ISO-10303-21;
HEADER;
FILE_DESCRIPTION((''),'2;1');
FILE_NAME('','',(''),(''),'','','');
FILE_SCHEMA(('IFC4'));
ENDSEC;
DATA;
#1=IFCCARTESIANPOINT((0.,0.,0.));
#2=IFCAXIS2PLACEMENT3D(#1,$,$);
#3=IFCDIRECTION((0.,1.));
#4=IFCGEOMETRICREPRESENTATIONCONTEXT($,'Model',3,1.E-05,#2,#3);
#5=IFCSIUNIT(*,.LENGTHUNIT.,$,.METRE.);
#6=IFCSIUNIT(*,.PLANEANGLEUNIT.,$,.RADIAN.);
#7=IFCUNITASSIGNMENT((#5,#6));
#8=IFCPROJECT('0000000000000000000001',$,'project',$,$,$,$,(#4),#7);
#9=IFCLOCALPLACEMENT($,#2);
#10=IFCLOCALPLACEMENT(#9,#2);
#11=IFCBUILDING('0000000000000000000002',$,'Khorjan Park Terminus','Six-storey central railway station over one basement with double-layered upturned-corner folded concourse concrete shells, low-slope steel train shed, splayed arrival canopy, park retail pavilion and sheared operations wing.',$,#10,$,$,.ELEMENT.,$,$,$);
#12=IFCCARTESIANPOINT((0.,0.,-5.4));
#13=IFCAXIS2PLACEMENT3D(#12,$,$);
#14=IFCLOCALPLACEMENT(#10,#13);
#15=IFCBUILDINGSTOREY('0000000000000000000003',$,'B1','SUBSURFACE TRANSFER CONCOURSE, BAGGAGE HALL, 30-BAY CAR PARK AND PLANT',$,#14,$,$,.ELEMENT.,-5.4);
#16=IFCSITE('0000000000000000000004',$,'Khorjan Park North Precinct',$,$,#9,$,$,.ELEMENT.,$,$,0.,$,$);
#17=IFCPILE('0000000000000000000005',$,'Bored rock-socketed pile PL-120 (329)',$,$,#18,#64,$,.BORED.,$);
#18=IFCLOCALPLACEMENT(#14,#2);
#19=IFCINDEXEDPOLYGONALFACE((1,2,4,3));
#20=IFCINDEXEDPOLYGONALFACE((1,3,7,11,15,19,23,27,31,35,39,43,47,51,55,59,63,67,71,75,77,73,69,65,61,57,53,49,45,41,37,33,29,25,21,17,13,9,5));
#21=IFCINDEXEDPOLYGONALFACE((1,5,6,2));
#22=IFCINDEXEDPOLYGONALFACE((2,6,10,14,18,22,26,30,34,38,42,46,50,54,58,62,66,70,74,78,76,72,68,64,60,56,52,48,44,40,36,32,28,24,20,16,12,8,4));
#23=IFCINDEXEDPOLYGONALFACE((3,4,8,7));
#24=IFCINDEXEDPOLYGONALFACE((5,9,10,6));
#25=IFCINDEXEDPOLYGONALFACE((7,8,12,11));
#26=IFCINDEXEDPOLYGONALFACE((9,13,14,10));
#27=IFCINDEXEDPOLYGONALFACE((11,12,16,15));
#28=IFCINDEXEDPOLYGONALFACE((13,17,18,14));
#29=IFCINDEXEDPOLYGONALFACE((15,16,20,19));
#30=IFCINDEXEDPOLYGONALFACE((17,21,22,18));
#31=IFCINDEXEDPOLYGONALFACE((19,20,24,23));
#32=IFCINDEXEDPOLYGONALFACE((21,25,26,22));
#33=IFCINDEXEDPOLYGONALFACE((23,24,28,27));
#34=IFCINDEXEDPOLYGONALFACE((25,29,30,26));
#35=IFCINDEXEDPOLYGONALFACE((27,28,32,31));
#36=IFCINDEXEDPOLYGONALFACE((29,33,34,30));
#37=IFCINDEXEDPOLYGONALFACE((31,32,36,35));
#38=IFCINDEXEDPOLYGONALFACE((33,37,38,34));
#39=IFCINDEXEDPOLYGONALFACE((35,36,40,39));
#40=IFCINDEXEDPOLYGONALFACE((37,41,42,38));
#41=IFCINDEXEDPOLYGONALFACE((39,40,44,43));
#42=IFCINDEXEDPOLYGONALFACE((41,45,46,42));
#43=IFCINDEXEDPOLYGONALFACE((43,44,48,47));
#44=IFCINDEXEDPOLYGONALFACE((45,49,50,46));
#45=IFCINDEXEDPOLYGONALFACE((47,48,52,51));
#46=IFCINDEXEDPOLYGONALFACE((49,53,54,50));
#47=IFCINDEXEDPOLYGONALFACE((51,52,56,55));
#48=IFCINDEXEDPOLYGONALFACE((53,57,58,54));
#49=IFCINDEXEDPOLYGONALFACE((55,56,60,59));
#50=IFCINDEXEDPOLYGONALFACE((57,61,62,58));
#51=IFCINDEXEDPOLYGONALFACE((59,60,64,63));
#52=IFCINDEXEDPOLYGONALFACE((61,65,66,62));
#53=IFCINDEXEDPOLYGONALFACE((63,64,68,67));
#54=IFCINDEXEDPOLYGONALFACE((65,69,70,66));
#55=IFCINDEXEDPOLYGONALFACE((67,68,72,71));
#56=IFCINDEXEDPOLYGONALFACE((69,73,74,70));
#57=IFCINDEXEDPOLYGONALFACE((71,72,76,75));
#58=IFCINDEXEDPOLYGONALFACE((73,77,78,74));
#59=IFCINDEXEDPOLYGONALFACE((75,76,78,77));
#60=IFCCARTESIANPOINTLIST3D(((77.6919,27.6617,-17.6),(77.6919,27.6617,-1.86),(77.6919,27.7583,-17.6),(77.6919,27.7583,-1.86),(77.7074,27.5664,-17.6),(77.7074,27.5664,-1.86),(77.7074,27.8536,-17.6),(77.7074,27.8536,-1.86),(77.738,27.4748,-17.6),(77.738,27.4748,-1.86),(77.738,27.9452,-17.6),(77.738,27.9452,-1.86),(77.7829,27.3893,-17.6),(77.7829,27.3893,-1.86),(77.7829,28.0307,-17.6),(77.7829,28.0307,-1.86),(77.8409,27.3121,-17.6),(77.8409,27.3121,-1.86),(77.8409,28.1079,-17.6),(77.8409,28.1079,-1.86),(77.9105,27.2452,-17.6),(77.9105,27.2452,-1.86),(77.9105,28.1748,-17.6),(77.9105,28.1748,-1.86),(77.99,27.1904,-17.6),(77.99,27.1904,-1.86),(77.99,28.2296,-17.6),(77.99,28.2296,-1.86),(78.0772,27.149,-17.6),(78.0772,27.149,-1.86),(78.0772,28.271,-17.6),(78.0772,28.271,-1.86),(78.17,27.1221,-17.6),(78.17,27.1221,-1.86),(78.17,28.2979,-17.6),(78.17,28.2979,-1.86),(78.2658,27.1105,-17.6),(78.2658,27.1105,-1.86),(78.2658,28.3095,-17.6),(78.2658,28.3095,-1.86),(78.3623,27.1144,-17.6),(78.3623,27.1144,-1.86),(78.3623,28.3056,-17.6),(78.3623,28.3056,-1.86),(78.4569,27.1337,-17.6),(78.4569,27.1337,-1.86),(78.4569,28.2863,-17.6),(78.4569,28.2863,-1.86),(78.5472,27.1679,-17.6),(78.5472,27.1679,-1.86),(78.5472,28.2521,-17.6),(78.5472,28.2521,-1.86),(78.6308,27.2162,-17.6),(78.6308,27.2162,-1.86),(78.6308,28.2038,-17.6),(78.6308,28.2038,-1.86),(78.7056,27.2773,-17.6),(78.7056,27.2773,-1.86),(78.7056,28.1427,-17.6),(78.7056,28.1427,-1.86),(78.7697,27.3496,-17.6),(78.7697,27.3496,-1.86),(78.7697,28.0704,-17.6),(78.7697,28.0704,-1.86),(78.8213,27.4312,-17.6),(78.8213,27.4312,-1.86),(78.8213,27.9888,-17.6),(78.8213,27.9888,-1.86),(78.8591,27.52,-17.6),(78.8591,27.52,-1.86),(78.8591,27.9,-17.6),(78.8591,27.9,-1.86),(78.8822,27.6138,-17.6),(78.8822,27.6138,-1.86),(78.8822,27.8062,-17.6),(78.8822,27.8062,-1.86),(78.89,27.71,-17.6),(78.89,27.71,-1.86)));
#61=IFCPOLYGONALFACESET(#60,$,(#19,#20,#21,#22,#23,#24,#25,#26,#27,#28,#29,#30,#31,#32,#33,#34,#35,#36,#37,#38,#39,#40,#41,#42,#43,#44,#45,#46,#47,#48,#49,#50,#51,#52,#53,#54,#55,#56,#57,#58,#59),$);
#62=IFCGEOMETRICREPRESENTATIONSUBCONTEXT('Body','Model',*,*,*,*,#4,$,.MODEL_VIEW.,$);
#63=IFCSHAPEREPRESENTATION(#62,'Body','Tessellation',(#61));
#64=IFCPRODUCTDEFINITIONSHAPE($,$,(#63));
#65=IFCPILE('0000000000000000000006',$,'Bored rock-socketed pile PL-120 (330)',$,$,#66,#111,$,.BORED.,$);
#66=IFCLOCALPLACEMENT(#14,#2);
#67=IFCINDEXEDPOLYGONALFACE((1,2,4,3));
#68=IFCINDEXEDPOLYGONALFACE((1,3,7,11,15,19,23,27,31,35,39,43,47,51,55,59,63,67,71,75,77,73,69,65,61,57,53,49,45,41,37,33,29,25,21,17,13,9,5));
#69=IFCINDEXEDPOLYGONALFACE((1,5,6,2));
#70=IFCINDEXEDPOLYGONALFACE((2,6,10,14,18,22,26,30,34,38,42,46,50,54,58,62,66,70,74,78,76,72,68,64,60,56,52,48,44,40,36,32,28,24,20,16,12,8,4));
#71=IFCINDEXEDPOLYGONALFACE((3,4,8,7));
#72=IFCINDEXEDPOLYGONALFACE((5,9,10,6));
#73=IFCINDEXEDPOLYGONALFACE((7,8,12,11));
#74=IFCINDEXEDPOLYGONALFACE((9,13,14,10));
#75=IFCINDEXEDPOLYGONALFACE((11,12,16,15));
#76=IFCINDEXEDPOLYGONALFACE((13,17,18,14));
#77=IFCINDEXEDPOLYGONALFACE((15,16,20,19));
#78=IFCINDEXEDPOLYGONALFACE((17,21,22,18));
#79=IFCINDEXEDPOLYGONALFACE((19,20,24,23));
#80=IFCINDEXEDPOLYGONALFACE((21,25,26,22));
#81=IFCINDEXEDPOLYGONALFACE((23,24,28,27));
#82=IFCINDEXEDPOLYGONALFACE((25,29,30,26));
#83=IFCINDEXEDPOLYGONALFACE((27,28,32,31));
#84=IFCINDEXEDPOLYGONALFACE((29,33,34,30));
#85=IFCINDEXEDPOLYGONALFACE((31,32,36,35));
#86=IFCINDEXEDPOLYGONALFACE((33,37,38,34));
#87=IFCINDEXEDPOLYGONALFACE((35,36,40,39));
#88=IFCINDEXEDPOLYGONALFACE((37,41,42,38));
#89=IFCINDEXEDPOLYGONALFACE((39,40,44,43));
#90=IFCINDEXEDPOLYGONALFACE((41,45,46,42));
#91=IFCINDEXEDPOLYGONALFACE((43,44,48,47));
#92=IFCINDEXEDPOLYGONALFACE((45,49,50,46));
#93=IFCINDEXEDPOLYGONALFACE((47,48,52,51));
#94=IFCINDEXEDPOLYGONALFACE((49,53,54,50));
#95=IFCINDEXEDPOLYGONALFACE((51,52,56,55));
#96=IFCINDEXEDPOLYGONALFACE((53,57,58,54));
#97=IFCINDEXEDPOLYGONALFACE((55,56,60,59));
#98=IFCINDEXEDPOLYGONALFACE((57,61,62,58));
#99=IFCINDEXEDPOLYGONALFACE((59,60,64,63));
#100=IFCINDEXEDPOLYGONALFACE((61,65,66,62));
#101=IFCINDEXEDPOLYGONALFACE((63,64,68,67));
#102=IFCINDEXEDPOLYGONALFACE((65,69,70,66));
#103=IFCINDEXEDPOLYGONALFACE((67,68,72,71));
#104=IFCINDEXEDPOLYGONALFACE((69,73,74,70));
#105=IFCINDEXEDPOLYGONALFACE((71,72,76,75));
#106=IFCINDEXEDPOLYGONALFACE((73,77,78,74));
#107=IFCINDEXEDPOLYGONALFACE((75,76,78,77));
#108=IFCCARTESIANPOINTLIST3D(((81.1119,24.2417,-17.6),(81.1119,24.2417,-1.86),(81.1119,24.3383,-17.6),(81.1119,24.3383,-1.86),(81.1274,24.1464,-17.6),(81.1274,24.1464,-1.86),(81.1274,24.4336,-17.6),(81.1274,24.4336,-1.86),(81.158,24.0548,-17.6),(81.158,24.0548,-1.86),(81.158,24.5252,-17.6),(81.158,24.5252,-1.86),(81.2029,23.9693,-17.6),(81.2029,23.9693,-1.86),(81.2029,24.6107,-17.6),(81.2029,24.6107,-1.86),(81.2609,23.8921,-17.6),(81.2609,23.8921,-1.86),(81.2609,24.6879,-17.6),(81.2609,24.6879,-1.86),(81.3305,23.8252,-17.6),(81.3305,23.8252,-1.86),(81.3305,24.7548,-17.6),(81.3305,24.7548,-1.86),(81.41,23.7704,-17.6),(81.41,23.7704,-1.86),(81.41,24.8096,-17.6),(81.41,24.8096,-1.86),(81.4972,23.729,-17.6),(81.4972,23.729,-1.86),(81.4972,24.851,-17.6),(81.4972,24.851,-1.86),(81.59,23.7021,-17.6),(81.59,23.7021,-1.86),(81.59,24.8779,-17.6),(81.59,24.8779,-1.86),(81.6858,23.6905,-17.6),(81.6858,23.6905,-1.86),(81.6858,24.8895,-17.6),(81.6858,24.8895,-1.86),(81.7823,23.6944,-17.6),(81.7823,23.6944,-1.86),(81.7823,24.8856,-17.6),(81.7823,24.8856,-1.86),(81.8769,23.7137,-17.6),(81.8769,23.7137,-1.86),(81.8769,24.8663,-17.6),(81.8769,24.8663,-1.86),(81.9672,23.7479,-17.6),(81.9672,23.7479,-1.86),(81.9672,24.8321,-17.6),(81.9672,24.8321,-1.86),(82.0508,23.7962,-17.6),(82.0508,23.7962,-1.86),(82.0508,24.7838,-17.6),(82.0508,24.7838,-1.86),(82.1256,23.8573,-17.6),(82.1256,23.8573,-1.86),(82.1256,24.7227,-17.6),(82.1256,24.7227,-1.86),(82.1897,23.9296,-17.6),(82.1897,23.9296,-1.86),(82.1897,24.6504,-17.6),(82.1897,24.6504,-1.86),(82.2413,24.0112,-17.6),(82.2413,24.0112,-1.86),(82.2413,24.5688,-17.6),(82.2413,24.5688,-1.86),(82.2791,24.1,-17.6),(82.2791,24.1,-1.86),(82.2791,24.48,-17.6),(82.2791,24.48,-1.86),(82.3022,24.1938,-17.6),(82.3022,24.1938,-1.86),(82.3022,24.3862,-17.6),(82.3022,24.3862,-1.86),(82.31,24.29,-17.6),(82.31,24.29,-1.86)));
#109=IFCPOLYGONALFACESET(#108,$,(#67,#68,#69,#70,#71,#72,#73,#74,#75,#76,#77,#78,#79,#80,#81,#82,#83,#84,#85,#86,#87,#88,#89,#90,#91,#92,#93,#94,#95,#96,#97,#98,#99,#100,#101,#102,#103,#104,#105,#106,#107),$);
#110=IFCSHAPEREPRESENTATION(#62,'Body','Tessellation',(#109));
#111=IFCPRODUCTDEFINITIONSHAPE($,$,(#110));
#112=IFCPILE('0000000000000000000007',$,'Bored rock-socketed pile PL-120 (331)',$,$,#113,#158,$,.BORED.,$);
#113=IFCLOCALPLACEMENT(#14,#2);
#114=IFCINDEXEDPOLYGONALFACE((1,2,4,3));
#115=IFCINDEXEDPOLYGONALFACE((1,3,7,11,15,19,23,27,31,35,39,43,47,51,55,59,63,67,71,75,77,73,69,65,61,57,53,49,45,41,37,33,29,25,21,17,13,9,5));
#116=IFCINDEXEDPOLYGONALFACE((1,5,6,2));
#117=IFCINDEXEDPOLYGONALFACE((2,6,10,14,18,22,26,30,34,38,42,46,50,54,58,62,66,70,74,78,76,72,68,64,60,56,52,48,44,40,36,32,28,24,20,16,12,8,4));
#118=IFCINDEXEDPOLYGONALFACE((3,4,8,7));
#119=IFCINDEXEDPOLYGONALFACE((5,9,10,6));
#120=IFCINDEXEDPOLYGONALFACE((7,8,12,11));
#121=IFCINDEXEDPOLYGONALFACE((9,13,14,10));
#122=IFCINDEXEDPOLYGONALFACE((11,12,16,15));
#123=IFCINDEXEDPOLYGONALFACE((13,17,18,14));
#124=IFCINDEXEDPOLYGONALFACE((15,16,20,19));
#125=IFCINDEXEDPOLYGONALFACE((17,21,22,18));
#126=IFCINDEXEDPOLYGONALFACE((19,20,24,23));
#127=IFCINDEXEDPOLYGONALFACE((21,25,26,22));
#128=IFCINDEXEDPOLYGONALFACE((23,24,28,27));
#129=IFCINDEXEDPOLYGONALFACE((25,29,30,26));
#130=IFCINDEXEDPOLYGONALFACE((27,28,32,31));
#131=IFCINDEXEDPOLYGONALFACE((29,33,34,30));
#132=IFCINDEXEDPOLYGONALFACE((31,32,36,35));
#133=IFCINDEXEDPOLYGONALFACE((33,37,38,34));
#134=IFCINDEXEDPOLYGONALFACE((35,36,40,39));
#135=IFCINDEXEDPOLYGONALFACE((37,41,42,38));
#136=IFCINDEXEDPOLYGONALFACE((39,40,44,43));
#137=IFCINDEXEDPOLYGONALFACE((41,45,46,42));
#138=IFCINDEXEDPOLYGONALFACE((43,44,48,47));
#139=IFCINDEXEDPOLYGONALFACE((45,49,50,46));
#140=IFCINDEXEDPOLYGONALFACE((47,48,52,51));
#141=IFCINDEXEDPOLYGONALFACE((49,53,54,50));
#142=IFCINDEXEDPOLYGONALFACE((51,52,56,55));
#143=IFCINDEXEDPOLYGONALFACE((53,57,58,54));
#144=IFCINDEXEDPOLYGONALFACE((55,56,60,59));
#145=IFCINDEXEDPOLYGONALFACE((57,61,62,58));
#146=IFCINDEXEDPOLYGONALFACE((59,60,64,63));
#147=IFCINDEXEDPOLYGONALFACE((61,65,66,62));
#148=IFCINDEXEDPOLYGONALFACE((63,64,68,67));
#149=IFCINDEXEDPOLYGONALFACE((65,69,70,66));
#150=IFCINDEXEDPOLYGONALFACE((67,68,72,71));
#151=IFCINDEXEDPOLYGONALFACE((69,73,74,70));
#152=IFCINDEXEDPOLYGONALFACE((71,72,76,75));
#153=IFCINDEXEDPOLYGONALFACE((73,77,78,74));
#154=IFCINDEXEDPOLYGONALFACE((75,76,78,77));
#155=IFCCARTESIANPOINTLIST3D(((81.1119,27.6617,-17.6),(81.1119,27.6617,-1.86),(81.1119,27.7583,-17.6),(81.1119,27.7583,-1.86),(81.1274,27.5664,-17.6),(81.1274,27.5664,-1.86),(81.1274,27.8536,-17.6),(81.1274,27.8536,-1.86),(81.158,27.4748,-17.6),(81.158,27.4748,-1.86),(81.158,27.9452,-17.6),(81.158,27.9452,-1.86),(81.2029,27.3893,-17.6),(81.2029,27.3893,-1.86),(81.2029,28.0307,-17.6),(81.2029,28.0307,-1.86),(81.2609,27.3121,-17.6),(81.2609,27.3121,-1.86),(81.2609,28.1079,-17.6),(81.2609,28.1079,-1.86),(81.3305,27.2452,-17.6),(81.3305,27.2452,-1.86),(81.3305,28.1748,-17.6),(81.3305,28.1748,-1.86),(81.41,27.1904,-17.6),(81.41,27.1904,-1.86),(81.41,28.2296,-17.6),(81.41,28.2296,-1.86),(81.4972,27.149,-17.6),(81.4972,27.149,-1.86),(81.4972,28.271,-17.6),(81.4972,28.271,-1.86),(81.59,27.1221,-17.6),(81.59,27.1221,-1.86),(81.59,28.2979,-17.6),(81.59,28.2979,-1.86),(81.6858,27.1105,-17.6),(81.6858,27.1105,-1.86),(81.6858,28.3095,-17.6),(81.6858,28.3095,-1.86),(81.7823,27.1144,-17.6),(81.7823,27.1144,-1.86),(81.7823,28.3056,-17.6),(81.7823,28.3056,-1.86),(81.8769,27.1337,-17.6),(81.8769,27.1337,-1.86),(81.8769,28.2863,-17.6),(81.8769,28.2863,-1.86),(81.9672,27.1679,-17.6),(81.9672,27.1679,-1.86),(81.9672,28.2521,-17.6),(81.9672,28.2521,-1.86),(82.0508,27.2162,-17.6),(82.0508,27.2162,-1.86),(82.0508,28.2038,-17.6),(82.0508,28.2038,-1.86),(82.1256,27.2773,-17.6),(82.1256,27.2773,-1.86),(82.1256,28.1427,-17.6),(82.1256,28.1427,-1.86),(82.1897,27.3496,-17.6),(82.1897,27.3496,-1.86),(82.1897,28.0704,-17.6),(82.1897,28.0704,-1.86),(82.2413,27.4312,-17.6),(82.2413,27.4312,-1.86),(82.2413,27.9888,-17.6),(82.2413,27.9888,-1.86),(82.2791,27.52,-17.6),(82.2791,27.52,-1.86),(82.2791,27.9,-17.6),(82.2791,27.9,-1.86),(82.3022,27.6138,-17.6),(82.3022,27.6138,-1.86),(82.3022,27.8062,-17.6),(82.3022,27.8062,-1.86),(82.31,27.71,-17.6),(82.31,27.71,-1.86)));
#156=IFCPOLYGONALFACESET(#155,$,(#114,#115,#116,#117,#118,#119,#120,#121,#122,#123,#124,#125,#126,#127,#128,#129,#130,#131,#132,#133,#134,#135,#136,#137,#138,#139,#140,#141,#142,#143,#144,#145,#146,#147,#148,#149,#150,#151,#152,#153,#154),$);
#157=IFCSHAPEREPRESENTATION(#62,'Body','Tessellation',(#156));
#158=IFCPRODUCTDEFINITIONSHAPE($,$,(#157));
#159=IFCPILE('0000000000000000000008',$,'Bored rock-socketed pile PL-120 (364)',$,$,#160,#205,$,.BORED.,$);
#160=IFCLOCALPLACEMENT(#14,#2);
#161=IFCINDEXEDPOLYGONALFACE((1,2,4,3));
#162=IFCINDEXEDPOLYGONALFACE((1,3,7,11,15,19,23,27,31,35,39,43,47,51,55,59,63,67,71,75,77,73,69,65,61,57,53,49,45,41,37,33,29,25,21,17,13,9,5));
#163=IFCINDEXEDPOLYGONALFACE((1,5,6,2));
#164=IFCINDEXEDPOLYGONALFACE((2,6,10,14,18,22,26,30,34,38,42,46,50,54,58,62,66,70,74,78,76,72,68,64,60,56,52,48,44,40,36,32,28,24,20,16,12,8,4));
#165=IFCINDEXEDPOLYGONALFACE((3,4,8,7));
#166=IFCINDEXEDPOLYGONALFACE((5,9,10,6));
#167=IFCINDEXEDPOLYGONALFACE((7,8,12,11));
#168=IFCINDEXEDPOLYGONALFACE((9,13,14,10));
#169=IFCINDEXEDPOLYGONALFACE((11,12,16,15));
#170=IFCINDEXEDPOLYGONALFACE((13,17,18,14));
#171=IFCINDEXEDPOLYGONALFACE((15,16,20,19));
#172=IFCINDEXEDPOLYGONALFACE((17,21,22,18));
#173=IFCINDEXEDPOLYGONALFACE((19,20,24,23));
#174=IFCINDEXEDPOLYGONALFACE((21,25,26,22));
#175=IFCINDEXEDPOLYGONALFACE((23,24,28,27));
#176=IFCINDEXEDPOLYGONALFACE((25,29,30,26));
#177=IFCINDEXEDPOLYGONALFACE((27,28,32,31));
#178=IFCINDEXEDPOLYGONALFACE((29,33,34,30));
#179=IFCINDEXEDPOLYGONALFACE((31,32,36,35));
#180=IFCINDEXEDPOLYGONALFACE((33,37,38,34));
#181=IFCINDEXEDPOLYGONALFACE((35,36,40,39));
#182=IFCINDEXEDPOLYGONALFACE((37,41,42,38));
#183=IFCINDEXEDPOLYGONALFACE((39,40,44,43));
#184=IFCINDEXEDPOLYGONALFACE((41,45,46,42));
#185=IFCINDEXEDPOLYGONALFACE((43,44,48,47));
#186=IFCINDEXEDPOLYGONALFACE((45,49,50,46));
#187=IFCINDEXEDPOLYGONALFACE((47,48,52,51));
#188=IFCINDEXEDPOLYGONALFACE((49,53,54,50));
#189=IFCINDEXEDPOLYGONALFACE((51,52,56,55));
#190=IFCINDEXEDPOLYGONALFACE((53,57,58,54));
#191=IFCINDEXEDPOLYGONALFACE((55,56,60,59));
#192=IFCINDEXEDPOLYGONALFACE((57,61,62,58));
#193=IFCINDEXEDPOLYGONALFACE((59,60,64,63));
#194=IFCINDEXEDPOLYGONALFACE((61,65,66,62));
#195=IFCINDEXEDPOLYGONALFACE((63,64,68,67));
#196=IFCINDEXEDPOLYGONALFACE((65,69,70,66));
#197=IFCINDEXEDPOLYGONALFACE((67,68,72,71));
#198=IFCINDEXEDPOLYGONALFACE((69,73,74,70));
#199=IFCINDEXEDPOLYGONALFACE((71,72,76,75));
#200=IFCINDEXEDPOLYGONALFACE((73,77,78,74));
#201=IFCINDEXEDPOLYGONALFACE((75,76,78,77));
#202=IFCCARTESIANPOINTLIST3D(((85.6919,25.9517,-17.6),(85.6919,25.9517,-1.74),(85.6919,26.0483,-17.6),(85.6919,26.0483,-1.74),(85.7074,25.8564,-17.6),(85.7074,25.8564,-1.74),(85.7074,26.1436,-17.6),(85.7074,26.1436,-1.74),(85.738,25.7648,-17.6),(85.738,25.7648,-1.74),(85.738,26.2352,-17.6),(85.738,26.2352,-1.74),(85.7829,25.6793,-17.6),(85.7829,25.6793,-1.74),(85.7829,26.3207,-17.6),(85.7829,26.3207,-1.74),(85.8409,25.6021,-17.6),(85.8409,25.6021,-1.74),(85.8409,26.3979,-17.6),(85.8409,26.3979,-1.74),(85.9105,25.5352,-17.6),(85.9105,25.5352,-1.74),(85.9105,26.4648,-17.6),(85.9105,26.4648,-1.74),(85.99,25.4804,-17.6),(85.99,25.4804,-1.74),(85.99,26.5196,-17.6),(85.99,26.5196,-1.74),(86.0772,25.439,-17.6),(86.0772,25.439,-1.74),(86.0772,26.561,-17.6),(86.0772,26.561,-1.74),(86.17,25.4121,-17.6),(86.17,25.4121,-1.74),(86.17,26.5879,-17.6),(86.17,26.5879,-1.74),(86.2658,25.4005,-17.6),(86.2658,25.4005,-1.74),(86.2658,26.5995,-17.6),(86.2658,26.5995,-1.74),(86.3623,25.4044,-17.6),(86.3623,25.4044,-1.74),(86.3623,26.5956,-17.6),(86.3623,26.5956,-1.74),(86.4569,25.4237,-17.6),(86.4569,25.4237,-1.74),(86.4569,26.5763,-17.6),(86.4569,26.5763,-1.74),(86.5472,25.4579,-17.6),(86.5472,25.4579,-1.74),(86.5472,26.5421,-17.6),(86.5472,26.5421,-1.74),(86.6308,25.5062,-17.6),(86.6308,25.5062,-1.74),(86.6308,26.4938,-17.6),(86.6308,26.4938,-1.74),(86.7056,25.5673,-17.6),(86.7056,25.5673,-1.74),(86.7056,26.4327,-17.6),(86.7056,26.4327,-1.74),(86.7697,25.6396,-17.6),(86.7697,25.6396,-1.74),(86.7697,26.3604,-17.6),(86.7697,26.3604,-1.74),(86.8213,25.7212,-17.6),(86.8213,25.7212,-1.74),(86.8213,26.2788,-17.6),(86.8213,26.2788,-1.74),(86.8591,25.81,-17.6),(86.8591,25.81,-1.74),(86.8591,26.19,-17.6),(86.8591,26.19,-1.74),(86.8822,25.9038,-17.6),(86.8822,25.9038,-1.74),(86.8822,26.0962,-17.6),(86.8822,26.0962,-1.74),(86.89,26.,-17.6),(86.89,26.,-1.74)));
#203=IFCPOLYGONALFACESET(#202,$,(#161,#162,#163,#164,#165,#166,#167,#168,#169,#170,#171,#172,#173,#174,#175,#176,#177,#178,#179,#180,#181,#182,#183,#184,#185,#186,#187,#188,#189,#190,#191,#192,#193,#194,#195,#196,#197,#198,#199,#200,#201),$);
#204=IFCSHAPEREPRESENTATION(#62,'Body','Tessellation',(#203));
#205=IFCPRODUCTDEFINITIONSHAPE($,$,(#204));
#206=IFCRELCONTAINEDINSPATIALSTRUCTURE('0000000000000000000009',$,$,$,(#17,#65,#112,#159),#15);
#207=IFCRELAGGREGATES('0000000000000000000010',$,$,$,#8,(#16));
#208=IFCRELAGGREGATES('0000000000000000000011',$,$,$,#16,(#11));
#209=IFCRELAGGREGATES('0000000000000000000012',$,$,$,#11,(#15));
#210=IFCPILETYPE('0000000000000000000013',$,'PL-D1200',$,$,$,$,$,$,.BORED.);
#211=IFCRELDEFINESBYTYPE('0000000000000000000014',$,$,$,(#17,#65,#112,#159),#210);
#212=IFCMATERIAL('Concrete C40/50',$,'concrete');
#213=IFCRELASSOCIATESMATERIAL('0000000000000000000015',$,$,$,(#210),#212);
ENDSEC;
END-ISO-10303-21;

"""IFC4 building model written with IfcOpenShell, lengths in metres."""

from ifc_helpers import new_model, si_unit, direction, frame, origin, origin_2d, place, context, subcontext, project, spatial, circle, extrude, material, material_profile, profile_set, type_object, element, save


model = new_model("IFC4")

# Units and contexts
model_context = context("Model", 3, precision=1e-05, world=origin(), true_north=direction((0.0, 1.0)))
body_context = subcontext(model_context, "Body", "Model", "MODEL_VIEW")
ifc_project = project(units=[si_unit("LENGTHUNIT", "METRE"), si_unit("PLANEANGLEUNIT", "RADIAN")], contexts=[model_context])

# Site, building, storey
site_placement = place(None, origin())
site = spatial("IfcSite", under=ifc_project, at=site_placement, Name="Khorjan Park North Precinct", CompositionType="ELEMENT", RefElevation=0.0)
building_placement = place(site_placement, origin())
building = spatial("IfcBuilding", under=site, at=building_placement, Name="Khorjan Park Terminus", Description="Six-storey central railway station over one basement with double-layered upturned-corner folded concourse concrete shells, low-slope steel train shed, splayed arrival canopy, park retail pavilion and sheared operations wing.", CompositionType="ELEMENT")
storey_placement = place(building_placement, frame((0.0, 0.0, -5.4)))
storey = spatial("IfcBuildingStorey", under=building, at=storey_placement, Name="B1", Description="SUBSURFACE TRANSFER CONCOURSE, BAGGAGE HALL, 30-BAY CAR PARK AND PLANT", CompositionType="ELEMENT", Elevation=-5.4)

# Shared definitions
ifc_material_1 = material(Name="Concrete C40/50", Category="concrete")

# Piles
ifc_material_profile_1 = material_profile(ifc_material_1, circle(Radius=0.6, at=origin_2d()), Name="BORED D1200")
ifc_profile_set_1 = profile_set([ifc_material_profile_1], Name="Concrete C40/50")
pile_type_1 = type_object("IfcPileType", Name="PL-D1200", PredefinedType="BORED", material=ifc_profile_set_1)
for number, where, z_axis, x_axis, name in (
    (1, (78.29, 27.71, -1.86), (0.0, 0.0, -1.0), (1.0, 0.0, 0.0), "Bored rock-socketed pile PL-120 (329)"),
    (2, (81.71, 24.29, -1.86), (0.0, 0.0, -1.0), (1.0, 0.0, 0.0), "Bored rock-socketed pile PL-120 (330)"),
    (3, (81.71, 27.71, -1.86), (0.0, 0.0, -1.0), (1.0, 0.0, 0.0), "Bored rock-socketed pile PL-120 (331)"),
):
    element("IfcPile", number, at=place(storey_placement, frame(where, z_axis=z_axis, x_axis=x_axis)), inside=storey, type_object=pile_type_1, Name=name, PredefinedType="BORED", context=body_context, shape_type="SweptSolid", body=[
        extrude(circle(Radius=0.6, at=origin_2d()), origin(), (0.0, 0.0, 1.0), 15.74),
    ])
pile_1_placement = place(storey_placement, frame((86.29, 26.0, -1.74), z_axis=(0.0, 0.0, -1.0), x_axis=(1.0, 0.0, 0.0)))
element("IfcPile", 4, at=pile_1_placement, inside=storey, type_object=pile_type_1, Name="Bored rock-socketed pile PL-120 (364)", PredefinedType="BORED", context=body_context, shape_type="SweptSolid", body=[
    extrude(circle(Radius=0.6, at=origin_2d()), origin(), (0.0, 0.0, 1.0), 15.86),
])

save(model, "model.ifc")
